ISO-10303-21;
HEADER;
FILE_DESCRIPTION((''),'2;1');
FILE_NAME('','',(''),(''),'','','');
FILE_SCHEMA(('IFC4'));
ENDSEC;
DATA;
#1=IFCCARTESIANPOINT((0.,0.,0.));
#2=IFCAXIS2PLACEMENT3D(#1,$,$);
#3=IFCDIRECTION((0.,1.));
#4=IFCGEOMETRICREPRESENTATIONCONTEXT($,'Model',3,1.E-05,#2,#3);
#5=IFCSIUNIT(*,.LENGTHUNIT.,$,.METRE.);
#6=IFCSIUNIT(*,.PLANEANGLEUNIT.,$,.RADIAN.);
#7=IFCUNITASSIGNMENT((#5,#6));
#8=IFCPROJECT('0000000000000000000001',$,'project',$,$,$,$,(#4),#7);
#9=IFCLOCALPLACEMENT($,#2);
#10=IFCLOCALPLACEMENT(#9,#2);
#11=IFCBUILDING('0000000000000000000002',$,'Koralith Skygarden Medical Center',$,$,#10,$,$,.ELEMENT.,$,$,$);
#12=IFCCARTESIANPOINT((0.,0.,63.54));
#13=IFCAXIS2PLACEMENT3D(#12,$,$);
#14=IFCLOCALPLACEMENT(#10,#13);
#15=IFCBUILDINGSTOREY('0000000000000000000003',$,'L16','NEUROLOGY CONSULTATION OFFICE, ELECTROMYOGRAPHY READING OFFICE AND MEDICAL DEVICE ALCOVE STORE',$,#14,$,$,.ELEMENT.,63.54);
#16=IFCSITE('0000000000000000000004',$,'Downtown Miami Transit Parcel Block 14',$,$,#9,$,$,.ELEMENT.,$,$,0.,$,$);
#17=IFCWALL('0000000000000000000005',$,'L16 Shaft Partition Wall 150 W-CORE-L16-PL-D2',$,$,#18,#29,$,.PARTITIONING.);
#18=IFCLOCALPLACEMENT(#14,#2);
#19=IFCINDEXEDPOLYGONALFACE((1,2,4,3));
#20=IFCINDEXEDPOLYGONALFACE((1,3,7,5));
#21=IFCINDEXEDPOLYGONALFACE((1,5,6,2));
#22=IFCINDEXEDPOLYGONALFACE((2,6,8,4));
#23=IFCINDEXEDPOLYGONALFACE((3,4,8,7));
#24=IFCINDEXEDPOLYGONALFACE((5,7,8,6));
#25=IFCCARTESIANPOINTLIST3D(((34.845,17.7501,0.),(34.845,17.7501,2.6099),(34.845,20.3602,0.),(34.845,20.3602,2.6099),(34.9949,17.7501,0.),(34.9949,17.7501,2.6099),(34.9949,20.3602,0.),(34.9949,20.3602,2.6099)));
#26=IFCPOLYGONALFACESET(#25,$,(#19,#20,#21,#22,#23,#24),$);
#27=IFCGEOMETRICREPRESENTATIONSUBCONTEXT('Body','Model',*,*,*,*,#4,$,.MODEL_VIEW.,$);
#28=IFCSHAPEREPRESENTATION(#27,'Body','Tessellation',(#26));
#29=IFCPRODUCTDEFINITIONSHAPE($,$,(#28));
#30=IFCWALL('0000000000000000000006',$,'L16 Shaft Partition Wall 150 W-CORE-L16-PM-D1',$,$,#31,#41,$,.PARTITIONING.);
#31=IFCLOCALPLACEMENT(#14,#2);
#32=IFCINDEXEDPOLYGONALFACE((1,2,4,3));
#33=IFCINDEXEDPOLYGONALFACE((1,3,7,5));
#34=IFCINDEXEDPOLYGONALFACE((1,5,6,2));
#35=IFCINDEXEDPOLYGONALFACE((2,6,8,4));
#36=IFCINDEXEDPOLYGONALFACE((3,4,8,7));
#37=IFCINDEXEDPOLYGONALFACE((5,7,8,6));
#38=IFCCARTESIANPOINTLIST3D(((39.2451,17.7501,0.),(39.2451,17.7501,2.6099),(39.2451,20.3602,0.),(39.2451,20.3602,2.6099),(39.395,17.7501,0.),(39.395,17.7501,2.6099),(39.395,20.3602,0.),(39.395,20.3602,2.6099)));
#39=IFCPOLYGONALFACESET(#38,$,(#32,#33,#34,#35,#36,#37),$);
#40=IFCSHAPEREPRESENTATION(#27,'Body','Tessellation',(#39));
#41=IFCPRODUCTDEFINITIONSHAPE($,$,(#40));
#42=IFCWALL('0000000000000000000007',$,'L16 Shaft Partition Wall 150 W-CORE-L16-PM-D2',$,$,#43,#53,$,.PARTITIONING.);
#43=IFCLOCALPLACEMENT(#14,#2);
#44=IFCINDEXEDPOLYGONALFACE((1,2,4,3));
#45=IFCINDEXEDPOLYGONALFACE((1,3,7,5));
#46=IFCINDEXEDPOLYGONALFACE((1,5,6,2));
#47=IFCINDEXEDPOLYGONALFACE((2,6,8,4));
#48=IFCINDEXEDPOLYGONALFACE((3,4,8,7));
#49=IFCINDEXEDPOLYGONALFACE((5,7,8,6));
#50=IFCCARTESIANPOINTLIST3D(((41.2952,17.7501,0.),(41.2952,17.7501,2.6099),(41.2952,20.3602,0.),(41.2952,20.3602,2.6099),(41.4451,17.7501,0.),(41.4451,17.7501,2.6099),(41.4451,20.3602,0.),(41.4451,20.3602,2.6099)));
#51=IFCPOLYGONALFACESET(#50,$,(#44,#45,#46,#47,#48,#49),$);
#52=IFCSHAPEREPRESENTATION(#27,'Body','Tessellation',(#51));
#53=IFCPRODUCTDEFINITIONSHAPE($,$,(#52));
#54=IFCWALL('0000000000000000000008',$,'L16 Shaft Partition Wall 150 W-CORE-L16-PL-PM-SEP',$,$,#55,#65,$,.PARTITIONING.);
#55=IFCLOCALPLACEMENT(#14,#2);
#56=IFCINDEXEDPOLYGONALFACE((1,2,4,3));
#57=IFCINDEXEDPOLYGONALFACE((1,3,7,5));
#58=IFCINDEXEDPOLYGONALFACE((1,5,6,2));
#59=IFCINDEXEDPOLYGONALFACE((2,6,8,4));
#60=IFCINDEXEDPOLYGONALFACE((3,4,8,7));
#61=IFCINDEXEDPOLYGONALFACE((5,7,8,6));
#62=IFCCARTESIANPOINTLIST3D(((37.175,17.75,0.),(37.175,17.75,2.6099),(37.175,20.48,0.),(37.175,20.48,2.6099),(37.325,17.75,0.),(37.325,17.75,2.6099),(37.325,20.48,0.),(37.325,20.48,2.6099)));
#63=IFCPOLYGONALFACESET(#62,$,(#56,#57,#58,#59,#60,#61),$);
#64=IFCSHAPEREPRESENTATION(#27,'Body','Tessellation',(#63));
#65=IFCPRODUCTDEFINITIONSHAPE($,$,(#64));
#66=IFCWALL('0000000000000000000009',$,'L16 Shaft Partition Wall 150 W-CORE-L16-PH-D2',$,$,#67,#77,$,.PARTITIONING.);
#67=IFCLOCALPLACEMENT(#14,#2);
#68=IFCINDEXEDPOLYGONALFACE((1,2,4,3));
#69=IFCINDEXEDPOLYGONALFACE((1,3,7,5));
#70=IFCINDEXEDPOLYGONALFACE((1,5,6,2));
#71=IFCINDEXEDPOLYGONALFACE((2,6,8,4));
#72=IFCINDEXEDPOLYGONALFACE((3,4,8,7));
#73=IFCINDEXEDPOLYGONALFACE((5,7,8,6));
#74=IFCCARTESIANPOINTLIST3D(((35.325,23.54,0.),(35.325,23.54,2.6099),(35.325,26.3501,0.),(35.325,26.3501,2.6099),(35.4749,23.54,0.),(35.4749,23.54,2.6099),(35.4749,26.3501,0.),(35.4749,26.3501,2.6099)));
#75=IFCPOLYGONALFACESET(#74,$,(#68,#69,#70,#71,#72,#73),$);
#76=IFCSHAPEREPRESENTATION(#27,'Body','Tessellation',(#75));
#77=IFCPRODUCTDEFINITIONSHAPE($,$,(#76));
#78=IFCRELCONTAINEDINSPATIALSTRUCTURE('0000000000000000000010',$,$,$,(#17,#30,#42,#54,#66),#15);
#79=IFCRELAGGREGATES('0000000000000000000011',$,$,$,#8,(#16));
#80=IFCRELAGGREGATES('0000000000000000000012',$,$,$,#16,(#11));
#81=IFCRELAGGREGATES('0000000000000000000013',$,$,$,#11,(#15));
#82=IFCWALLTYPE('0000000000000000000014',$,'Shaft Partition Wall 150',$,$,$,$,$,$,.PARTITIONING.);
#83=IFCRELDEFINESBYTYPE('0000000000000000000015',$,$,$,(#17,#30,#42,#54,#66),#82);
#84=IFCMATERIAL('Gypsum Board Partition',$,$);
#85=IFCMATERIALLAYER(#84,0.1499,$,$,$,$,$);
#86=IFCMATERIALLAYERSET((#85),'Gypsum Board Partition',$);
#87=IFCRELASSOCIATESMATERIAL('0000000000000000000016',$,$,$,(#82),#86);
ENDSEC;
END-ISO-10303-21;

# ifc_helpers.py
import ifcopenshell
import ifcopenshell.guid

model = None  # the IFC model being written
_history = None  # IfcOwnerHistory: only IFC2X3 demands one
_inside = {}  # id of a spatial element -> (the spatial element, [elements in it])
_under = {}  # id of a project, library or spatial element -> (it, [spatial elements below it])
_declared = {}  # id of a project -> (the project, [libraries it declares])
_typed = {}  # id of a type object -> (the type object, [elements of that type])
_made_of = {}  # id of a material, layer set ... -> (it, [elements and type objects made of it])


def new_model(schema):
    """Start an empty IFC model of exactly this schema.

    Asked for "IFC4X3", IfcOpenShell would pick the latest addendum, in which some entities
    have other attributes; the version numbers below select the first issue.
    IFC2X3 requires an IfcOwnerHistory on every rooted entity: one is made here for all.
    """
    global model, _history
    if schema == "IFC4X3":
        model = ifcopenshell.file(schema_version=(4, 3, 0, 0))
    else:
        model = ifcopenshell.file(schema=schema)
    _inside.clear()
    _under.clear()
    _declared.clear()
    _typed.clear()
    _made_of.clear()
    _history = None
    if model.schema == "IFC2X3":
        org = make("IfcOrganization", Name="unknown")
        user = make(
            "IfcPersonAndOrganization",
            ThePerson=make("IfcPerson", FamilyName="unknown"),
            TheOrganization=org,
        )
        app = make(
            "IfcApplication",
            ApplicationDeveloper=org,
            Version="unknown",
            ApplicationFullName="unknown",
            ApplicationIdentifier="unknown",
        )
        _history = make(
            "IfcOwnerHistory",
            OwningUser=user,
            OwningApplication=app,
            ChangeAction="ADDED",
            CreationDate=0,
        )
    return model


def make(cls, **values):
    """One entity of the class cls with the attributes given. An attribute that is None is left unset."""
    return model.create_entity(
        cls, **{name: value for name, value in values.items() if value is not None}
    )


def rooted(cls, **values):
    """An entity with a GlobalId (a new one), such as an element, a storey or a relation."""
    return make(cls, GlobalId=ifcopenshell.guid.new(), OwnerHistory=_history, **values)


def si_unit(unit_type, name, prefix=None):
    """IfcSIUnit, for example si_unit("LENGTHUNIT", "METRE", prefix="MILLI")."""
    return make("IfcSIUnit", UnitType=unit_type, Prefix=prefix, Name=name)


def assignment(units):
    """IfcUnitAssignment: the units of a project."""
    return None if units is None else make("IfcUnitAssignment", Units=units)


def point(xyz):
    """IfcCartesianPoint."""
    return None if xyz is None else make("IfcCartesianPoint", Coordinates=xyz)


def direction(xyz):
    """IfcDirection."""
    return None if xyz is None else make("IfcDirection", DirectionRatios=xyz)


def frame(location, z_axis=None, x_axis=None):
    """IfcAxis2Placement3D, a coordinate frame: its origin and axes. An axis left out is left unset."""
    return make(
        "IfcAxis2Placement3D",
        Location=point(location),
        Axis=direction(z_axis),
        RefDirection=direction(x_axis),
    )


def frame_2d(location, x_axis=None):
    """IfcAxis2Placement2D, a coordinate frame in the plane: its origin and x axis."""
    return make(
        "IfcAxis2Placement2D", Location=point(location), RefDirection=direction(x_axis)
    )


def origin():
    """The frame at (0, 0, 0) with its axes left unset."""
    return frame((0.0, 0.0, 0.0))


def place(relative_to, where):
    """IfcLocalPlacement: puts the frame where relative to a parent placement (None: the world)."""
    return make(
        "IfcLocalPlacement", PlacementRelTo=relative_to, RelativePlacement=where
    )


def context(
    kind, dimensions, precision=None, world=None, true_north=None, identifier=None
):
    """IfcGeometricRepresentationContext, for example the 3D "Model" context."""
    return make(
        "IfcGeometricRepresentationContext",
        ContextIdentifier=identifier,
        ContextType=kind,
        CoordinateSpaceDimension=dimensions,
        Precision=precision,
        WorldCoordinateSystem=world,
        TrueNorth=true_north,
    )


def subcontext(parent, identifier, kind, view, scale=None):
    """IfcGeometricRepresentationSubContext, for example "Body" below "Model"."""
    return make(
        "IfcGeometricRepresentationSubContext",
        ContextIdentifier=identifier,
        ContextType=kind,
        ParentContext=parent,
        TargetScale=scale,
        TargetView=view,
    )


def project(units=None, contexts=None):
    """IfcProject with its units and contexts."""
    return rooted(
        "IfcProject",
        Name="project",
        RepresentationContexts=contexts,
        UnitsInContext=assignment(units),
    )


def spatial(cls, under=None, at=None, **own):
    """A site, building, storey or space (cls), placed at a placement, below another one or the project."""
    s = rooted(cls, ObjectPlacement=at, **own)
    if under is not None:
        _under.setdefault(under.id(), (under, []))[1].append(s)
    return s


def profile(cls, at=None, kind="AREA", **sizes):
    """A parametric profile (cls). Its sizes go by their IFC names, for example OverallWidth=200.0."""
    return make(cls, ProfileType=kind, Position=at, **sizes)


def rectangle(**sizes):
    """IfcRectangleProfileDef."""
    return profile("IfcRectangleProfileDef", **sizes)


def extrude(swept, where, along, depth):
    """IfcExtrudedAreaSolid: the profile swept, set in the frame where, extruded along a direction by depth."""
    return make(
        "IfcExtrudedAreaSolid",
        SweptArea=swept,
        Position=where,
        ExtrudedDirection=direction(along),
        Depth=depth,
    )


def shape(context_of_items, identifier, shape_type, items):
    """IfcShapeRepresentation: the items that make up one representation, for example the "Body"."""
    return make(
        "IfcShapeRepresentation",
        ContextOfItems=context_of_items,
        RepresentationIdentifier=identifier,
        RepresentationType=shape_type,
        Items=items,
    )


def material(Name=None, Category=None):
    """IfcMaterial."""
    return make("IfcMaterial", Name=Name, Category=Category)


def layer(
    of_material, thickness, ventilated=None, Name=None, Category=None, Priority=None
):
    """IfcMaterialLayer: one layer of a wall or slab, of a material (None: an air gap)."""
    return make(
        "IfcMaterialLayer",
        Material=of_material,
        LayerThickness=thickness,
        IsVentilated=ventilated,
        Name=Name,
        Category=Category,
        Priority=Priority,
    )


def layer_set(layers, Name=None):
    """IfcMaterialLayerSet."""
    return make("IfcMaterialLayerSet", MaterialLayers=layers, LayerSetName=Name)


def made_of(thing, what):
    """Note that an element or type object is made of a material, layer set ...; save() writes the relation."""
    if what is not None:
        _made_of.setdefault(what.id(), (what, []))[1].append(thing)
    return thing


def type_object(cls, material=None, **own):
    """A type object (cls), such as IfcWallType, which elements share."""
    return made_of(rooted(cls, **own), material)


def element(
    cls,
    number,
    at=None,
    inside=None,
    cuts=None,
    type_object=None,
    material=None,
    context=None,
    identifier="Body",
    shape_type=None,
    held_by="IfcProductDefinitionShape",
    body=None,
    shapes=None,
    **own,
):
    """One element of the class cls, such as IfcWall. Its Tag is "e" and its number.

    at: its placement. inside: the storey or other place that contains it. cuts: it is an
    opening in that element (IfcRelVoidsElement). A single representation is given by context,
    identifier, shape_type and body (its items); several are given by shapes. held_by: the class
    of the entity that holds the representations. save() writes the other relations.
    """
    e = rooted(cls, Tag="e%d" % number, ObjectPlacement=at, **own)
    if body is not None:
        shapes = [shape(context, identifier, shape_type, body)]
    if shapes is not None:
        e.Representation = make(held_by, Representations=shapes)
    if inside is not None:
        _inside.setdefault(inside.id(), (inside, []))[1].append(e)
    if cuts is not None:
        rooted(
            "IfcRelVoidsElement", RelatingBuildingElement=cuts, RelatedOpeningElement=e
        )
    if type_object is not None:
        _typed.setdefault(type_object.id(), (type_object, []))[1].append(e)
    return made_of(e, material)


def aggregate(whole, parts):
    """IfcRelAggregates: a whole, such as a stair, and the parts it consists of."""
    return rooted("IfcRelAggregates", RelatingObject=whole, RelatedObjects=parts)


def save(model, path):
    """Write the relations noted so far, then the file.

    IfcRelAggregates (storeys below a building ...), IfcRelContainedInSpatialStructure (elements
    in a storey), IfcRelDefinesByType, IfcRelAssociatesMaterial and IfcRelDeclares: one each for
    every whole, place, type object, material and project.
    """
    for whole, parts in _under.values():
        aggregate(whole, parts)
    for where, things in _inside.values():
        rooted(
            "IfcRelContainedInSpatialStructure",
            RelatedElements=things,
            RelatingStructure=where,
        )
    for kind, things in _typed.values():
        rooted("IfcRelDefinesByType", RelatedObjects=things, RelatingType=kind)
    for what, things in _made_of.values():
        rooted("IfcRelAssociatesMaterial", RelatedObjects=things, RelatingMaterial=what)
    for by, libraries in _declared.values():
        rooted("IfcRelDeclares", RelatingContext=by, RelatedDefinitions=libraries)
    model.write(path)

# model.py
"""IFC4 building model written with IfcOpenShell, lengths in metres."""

from ifc_helpers import new_model, si_unit, direction, frame, frame_2d, origin, place, context, subcontext, project, spatial, rectangle, extrude, material, layer, layer_set, type_object, element, save


model = new_model("IFC4")

# Units and contexts
model_context = context("Model", 3, precision=1e-05, world=origin(), true_north=direction((0.0, 1.0)))
body_context = subcontext(model_context, "Body", "Model", "MODEL_VIEW")
ifc_project = project(units=[si_unit("LENGTHUNIT", "METRE"), si_unit("PLANEANGLEUNIT", "RADIAN")], contexts=[model_context])

# Site, building, storey
site_placement = place(None, origin())
site = spatial("IfcSite", under=ifc_project, at=site_placement, Name="Downtown Miami Transit Parcel Block 14", CompositionType="ELEMENT", RefElevation=0.0)
building_placement = place(site_placement, origin())
building = spatial("IfcBuilding", under=site, at=building_placement, Name="Koralith Skygarden Medical Center", CompositionType="ELEMENT")
storey_placement = place(building_placement, frame((0.0, 0.0, 63.54)))
storey = spatial("IfcBuildingStorey", under=building, at=storey_placement, Name="L16", Description="NEUROLOGY CONSULTATION OFFICE, ELECTROMYOGRAPHY READING OFFICE AND MEDICAL DEVICE ALCOVE STORE", CompositionType="ELEMENT", Elevation=63.54)

# Shared definitions
ifc_material_1 = material(Name="Gypsum Board Partition")

# Walls
ifc_layer_1 = layer(ifc_material_1, 0.1499)
ifc_layer_set_1 = layer_set([ifc_layer_1], Name="Gypsum Board Partition")
wall_type_1 = type_object("IfcWallType", Name="Shaft Partition Wall 150", PredefinedType="PARTITIONING", material=ifc_layer_set_1)
for number, where, z_axis, x_axis, name in (
    (1, (34.9199, 17.75, 0.0), (0.0, 0.0, 1.0), (0.0, 1.0, 0.0), "L16 Shaft Partition Wall 150 W-CORE-L16-PL-D2"),
    (2, (39.3201, 17.75, 0.0), (0.0, 0.0, 1.0), (0.0, 1.0, 0.0), "L16 Shaft Partition Wall 150 W-CORE-L16-PM-D1"),
    (3, (41.3701, 17.75, 0.0), (0.0, 0.0, 1.0), (0.0, 1.0, 0.0), "L16 Shaft Partition Wall 150 W-CORE-L16-PM-D2"),
):
    element("IfcWall", number, at=place(storey_placement, frame(where, z_axis=z_axis, x_axis=x_axis)), inside=storey, type_object=wall_type_1, Name=name, PredefinedType="PARTITIONING", context=body_context, shape_type="SweptSolid", body=[
        extrude(rectangle(XDim=2.6101, YDim=0.1499, at=frame_2d((1.3052, 0.0))), origin(), (0.0, 0.0, 1.0), 2.6099),
    ])
wall_1_placement = place(storey_placement, frame((37.25, 17.75, 0.0), z_axis=(0.0, 0.0, 1.0), x_axis=(0.0, 1.0, 0.0)))
element("IfcWall", 4, at=wall_1_placement, inside=storey, type_object=wall_type_1, Name="L16 Shaft Partition Wall 150 W-CORE-L16-PL-PM-SEP", PredefinedType="PARTITIONING", context=body_context, shape_type="SweptSolid", body=[
    extrude(rectangle(XDim=2.73, YDim=0.1499, at=frame_2d((1.365, 0.0))), origin(), (0.0, 0.0, 1.0), 2.6099),
])
wall_2_placement = place(storey_placement, frame((35.3999, 23.54, 0.0), z_axis=(0.0, 0.0, 1.0), x_axis=(0.0, 1.0, 0.0)))
element("IfcWall", 5, at=wall_2_placement, inside=storey, type_object=wall_type_1, Name="L16 Shaft Partition Wall 150 W-CORE-L16-PH-D2", PredefinedType="PARTITIONING", context=body_context, shape_type="SweptSolid", body=[
    extrude(rectangle(XDim=2.8101, YDim=0.1499, at=frame_2d((1.405, 0.0))), origin(), (0.0, 0.0, 1.0), 2.6099),
])

save(model, "model.ifc")
